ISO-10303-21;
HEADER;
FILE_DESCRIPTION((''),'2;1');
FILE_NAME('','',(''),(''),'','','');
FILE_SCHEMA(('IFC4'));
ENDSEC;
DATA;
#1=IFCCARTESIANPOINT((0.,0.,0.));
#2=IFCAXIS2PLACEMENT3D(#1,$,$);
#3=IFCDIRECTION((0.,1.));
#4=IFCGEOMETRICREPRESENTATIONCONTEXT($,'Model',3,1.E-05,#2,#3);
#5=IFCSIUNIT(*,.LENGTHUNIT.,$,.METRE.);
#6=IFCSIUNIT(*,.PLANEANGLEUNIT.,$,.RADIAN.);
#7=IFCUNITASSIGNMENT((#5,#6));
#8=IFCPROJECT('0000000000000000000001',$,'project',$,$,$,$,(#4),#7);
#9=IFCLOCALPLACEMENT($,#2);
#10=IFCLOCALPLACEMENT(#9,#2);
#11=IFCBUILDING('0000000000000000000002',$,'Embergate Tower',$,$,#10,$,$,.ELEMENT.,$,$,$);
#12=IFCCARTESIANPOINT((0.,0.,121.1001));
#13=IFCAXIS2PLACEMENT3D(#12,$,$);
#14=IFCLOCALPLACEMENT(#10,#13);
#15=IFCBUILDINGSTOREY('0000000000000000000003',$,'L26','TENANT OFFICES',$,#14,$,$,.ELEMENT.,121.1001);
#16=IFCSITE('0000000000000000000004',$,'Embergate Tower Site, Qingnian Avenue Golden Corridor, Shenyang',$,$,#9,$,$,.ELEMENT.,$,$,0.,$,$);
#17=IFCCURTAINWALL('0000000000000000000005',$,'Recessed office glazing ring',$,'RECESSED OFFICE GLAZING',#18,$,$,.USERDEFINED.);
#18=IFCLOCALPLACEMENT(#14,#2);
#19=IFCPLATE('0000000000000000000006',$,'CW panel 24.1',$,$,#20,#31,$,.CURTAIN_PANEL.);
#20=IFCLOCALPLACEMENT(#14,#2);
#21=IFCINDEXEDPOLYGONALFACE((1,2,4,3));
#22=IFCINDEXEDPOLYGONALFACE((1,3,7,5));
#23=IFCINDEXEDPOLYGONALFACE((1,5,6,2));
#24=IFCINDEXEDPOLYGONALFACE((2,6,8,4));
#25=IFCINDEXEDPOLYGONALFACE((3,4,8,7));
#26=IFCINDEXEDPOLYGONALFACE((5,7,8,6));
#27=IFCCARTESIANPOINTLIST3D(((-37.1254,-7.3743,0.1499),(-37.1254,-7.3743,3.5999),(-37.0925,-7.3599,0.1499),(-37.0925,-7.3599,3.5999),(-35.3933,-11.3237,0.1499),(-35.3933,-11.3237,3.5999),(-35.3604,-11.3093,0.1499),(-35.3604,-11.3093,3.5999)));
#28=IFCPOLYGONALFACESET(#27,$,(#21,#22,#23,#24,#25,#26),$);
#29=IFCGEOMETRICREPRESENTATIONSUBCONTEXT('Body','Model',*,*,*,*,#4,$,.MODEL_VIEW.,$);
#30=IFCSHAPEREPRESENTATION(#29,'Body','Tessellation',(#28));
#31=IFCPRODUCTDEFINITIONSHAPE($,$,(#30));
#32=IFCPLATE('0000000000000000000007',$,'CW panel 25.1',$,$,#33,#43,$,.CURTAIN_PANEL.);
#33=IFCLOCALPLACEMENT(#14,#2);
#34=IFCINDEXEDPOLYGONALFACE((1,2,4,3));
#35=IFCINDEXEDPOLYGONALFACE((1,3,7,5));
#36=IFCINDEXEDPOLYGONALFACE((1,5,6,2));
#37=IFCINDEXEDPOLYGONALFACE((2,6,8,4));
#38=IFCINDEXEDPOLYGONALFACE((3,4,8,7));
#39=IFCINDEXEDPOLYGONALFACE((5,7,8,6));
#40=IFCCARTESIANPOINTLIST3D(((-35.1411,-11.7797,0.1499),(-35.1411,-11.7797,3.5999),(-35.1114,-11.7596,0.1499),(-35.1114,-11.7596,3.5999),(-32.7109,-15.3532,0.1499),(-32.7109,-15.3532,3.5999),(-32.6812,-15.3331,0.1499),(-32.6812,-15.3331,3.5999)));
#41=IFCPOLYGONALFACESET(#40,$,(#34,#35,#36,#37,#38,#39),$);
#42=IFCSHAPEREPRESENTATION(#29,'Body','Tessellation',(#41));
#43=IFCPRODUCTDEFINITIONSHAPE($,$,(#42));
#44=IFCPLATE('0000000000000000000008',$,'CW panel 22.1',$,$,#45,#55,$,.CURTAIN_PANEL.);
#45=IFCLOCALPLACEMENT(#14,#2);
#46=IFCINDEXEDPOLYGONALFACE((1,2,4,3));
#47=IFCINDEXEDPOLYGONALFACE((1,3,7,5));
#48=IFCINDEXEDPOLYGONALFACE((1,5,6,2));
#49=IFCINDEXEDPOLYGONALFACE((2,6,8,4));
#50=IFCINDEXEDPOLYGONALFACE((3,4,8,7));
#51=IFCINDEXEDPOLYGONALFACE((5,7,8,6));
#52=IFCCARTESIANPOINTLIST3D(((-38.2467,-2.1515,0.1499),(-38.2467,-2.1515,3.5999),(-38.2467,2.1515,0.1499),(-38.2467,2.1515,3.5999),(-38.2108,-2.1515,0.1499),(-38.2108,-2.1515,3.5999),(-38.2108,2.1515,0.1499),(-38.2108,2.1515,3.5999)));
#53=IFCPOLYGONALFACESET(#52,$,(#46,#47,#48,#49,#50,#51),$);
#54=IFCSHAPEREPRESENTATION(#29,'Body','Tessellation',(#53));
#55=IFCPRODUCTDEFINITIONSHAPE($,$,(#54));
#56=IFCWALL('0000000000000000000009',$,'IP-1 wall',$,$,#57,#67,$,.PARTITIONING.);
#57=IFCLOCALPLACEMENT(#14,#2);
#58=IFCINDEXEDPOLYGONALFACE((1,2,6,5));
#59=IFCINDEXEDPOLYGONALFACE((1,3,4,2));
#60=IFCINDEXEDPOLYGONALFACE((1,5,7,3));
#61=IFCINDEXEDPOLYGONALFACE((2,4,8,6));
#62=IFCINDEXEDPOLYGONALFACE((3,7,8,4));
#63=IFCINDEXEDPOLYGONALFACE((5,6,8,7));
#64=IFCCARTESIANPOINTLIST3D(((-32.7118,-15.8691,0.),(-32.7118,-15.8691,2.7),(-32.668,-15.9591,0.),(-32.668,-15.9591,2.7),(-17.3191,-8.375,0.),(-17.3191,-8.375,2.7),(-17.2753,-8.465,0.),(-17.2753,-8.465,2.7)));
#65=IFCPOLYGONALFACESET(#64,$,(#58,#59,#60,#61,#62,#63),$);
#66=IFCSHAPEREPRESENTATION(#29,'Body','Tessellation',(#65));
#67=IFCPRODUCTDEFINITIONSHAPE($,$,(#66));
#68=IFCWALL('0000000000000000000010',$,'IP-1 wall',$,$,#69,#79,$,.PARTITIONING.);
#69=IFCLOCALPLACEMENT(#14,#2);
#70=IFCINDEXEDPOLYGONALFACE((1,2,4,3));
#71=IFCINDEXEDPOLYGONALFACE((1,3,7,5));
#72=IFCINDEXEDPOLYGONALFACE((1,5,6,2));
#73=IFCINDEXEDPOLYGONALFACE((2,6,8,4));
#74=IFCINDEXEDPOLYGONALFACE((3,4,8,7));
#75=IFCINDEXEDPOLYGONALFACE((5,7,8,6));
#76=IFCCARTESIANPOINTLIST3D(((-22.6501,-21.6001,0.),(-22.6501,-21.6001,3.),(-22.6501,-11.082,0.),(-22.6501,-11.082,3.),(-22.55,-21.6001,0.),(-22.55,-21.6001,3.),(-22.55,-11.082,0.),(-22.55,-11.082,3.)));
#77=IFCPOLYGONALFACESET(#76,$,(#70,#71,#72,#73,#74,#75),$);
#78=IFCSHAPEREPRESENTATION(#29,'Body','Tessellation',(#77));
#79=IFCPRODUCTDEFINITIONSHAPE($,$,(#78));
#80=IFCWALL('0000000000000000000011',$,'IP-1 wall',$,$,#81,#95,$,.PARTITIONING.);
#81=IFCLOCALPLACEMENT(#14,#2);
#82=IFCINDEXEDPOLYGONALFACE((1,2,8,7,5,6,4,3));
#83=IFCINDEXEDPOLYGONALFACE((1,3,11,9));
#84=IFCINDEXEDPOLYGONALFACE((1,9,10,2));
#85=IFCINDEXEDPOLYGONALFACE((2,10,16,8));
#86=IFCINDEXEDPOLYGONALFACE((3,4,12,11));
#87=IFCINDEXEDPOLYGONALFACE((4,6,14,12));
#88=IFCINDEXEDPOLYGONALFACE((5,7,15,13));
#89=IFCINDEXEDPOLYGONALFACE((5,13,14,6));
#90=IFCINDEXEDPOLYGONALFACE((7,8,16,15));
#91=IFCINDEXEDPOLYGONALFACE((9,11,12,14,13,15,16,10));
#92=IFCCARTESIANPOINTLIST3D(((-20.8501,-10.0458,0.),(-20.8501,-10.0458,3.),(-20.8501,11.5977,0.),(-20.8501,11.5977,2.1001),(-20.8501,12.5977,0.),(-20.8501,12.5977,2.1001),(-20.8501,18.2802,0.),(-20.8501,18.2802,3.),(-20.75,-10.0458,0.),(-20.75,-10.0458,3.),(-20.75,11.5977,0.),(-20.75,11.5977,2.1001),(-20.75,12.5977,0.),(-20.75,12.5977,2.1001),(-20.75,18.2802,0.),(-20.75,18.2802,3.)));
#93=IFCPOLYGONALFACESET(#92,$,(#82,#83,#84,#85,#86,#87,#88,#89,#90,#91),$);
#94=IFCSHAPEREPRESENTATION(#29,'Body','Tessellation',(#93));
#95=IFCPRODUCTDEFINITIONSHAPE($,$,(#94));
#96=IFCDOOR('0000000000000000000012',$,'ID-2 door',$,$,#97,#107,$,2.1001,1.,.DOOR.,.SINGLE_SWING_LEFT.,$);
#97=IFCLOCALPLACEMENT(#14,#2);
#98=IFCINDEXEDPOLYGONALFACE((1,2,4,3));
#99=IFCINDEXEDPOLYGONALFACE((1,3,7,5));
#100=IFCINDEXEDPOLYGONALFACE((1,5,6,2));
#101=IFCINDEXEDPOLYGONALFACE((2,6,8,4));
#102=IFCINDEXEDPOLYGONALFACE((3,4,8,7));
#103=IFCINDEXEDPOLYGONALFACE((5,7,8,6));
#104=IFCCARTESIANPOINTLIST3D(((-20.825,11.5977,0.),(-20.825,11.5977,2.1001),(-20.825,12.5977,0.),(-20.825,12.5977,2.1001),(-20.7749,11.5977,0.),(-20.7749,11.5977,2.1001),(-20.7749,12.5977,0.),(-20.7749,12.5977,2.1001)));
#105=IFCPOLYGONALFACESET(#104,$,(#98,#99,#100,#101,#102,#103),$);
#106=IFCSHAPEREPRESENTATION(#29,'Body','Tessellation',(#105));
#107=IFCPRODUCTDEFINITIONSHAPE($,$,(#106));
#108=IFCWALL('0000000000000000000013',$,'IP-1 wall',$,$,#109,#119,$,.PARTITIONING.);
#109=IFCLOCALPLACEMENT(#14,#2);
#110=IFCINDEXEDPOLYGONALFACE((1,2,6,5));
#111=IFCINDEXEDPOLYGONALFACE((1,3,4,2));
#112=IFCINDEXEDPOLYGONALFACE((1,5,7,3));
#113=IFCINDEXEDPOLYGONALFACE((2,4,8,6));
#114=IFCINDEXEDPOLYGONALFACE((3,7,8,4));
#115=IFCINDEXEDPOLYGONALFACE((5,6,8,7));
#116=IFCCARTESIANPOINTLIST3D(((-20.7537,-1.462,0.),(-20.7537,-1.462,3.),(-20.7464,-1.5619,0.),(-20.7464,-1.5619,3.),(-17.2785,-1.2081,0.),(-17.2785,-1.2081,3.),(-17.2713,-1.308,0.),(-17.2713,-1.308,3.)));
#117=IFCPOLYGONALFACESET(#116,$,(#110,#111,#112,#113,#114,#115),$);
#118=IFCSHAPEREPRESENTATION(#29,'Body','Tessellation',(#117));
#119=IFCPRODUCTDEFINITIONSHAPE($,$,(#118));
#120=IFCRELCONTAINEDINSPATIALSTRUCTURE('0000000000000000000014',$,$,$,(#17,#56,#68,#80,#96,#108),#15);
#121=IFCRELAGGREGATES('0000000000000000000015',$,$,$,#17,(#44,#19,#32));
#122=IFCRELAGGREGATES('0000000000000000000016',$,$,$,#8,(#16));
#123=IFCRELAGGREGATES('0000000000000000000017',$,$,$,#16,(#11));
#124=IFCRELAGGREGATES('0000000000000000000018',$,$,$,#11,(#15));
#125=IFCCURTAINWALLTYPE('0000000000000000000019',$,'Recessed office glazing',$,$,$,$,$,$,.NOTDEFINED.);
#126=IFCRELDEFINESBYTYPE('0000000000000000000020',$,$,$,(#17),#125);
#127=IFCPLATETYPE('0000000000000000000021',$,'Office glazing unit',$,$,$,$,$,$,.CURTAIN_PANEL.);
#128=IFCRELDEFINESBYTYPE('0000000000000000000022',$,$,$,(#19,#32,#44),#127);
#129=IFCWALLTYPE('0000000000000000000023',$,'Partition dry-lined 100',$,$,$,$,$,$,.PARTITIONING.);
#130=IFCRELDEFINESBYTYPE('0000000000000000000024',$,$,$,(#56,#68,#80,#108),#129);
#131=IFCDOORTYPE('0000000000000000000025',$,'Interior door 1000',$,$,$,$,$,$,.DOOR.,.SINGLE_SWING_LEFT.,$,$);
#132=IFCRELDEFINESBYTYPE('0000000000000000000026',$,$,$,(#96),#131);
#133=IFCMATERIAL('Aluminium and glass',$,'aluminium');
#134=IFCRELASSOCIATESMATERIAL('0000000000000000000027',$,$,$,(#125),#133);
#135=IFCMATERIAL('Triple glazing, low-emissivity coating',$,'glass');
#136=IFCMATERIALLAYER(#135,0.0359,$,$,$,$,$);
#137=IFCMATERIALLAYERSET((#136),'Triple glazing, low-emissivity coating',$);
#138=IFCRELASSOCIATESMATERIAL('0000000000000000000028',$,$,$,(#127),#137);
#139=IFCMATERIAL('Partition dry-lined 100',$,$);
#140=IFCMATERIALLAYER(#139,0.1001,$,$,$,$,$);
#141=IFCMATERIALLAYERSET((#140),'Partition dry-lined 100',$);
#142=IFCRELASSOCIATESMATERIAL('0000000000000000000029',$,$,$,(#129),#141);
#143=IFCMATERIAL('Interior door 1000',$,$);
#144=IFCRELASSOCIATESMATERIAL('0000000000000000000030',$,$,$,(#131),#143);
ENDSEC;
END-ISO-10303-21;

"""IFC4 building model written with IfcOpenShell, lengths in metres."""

from ifc_helpers import new_model, si_unit, direction, frame, frame_2d, origin, origin_2d, place, context, subcontext, project, spatial, rectangle, extrude, source, transform, mapped, material, layer, layer_set, type_object, element, fill, aggregate, save


model = new_model("IFC4")

# Units and contexts
model_context = context("Model", 3, precision=1e-05, world=origin(), true_north=direction((0.0, 1.0)))
body_context = subcontext(model_context, "Body", "Model", "MODEL_VIEW")
ifc_project = project(units=[si_unit("LENGTHUNIT", "METRE"), si_unit("PLANEANGLEUNIT", "RADIAN")], contexts=[model_context])

# Site, building, storey
site_placement = place(None, origin())
site = spatial("IfcSite", under=ifc_project, at=site_placement, Name="Embergate Tower Site, Qingnian Avenue Golden Corridor, Shenyang", CompositionType="ELEMENT", RefElevation=0.0)
building_placement = place(site_placement, origin())
building = spatial("IfcBuilding", under=site, at=building_placement, Name="Embergate Tower", CompositionType="ELEMENT")
storey_placement = place(building_placement, frame((0.0, 0.0, 121.1001)))
storey = spatial("IfcBuildingStorey", under=building, at=storey_placement, Name="L26", Description="TENANT OFFICES", CompositionType="ELEMENT", Elevation=121.1001)

# Curtain wall, plates
ifc_material_1 = material(Name="Aluminium and glass", Category="aluminium")
curtain_wall_type = type_object("IfcCurtainWallType", Name="Recessed office glazing", PredefinedType="NOTDEFINED", material=ifc_material_1)
curtain_wall_placement = place(storey_placement, origin())
curtain_wall = element("IfcCurtainWall", 1, at=curtain_wall_placement, inside=storey, type_object=curtain_wall_type, Name="Recessed office glazing ring", ObjectType="RECESSED OFFICE GLAZING", PredefinedType="USERDEFINED")
ifc_material_2 = material(Name="Triple glazing, low-emissivity coating", Category="glass")
ifc_layer_1 = layer(ifc_material_2, 0.0359)
ifc_layer_set_1 = layer_set([ifc_layer_1], Name="Triple glazing, low-emissivity coating")
plate_type = type_object("IfcPlateType", Name="Office glazing unit", PredefinedType="CURTAIN_PANEL", material=ifc_layer_set_1)
shared_shape_1 = source(origin(), body_context, "Body", "SweptSolid", [
    extrude(rectangle(XDim=4.3125, YDim=0.0359, at=origin_2d()), origin(), (0.0, 0.0, 1.0), 3.45),
])
plate_1_placement = place(storey_placement, frame((-36.2429, -9.3418, 0.1499), z_axis=(0.0, 0.0, 1.0), x_axis=(0.401652, -0.915792, 0.0)))
plate_1 = element("IfcPlate", 2, at=plate_1_placement, type_object=plate_type, Name="CW panel 24.1", PredefinedType="CURTAIN_PANEL", context=body_context, shape_type="MappedRepresentation", body=[
    mapped(shared_shape_1, transform((0.0, 0.0, 0.0))),
])
shared_shape_2 = source(origin(), body_context, "Body", "SweptSolid", [
    extrude(rectangle(XDim=4.3215, YDim=0.0359, at=origin_2d()), origin(), (0.0, 0.0, 1.0), 3.45),
])
plate_2_placement = place(storey_placement, frame((-33.9111, -13.5564, 0.1499), z_axis=(0.0, 0.0, 1.0), x_axis=(0.562342, -0.826905, 0.0)))
plate_2 = element("IfcPlate", 3, at=plate_2_placement, type_object=plate_type, Name="CW panel 25.1", PredefinedType="CURTAIN_PANEL", context=body_context, shape_type="MappedRepresentation", body=[
    mapped(shared_shape_2, transform((0.0, 0.0, 0.0))),
])
shared_shape_3 = source(origin(), body_context, "Body", "SweptSolid", [
    extrude(rectangle(XDim=4.303, YDim=0.0359, at=origin_2d()), origin(), (0.0, 0.0, 1.0), 3.45),
])
plate_3_placement = place(storey_placement, frame((-38.2288, 0.0, 0.1499), z_axis=(0.0, 0.0, 1.0), x_axis=(0.0, -1.0, 0.0)))
plate_3 = element("IfcPlate", 4, at=plate_3_placement, type_object=plate_type, Name="CW panel 22.1", PredefinedType="CURTAIN_PANEL", context=body_context, shape_type="MappedRepresentation", body=[
    mapped(shared_shape_3, transform((0.0, 0.0, 0.0))),
])
aggregate(curtain_wall, [plate_3, plate_1, plate_2])

# Walls
ifc_material_3 = material(Name="Partition dry-lined 100")
ifc_layer_2 = layer(ifc_material_3, 0.1001)
ifc_layer_set_2 = layer_set([ifc_layer_2], Name="Partition dry-lined 100")
wall_type = type_object("IfcWallType", Name="Partition dry-lined 100", PredefinedType="PARTITIONING", material=ifc_layer_set_2)
shared_shape_4 = source(origin(), body_context, "Body", "SweptSolid", [
    extrude(rectangle(XDim=17.1201, YDim=0.1001, at=frame_2d((8.5601, 0.0))), origin(), (0.0, 0.0, 1.0), 2.7),
])
wall_1_placement = place(storey_placement, frame((-32.6899, -15.9141, 0.0), z_axis=(0.0, 0.0, 1.0), x_axis=(0.899103, 0.437737, 0.0)))
element("IfcWall", 5, at=wall_1_placement, inside=storey, type_object=wall_type, Name="IP-1 wall", PredefinedType="PARTITIONING", context=body_context, shape_type="MappedRepresentation", body=[
    mapped(shared_shape_4, transform((0.0, 0.0, 0.0))),
])
shared_shape_5 = source(origin(), body_context, "Body", "SweptSolid", [
    extrude(rectangle(XDim=10.5181, YDim=0.1001, at=frame_2d((5.259, 0.0))), origin(), (0.0, 0.0, 1.0), 3.0),
])
wall_2_placement = place(storey_placement, frame((-22.6001, -11.082, 0.0), z_axis=(0.0, 0.0, 1.0), x_axis=(0.0, -1.0, 0.0)))
element("IfcWall", 6, at=wall_2_placement, inside=storey, type_object=wall_type, Name="IP-1 wall", PredefinedType="PARTITIONING", context=body_context, shape_type="MappedRepresentation", body=[
    mapped(shared_shape_5, transform((0.0, 0.0, 0.0))),
])

# Wall, opening, door
shared_shape_6 = source(origin(), body_context, "Body", "SweptSolid", [
    extrude(rectangle(XDim=28.3259, YDim=0.1001, at=frame_2d((14.1631, 0.0))), origin(), (0.0, 0.0, 1.0), 3.0),
])
wall_3_placement = place(storey_placement, frame((-20.8, -10.0459, 0.0), z_axis=(0.0, 0.0, 1.0), x_axis=(0.0, 1.0, 0.0)))
wall_3 = element("IfcWall", 7, at=wall_3_placement, inside=storey, type_object=wall_type, Name="IP-1 wall", PredefinedType="PARTITIONING", context=body_context, shape_type="MappedRepresentation", body=[
    mapped(shared_shape_6, transform((0.0, 0.0, 0.0))),
])
shared_shape_7 = source(origin(), body_context, "Body", "SweptSolid", [
    extrude(rectangle(XDim=1.0, YDim=2.1001, at=frame_2d((0.5, 1.05))), frame((0.0, 0.0601, 0.0), z_axis=(0.0, -1.0, 0.0), x_axis=(1.0, 0.0, 0.0)), (0.0, 0.0, 1.0), 0.1201),
])
opening_placement = place(wall_3_placement, frame((21.6436, 0.0, 0.0)))
opening = element("IfcOpeningElement", 8, at=opening_placement, cuts=wall_3, PredefinedType="OPENING", context=body_context, shape_type="MappedRepresentation", body=[
    mapped(shared_shape_7, transform((0.0, 0.0, 0.0))),
])
ifc_material_4 = material(Name="Interior door 1000")
door_type = type_object("IfcDoorType", Name="Interior door 1000", OperationType="SINGLE_SWING_LEFT", PredefinedType="DOOR", material=ifc_material_4)
shared_shape_8 = source(origin(), body_context, "Body", "SweptSolid", [
    extrude(rectangle(XDim=1.0, YDim=2.1001, at=frame_2d((0.5, 1.05))), frame((0.0, 0.0249, 0.0), z_axis=(0.0, -1.0, 0.0), x_axis=(1.0, 0.0, 0.0)), (0.0, 0.0, 1.0), 0.05),
])
door_placement = place(opening_placement, origin())
door = element("IfcDoor", 9, at=door_placement, inside=storey, type_object=door_type, Name="ID-2 door", OperationType="SINGLE_SWING_LEFT", OverallHeight=2.1001, OverallWidth=1.0, PredefinedType="DOOR", context=body_context, shape_type="MappedRepresentation", body=[
    mapped(shared_shape_8, transform((0.0, 0.0, 0.0))),
])
fill(opening, door)

# Wall
shared_shape_9 = source(origin(), body_context, "Body", "SweptSolid", [
    extrude(rectangle(XDim=3.4844, YDim=0.1001, at=frame_2d((1.7422, 0.0))), origin(), (0.0, 0.0, 1.0), 3.0),
])
wall_4_placement = place(storey_placement, frame((-17.2749, -1.2581, 0.0), z_axis=(0.0, 0.0, 1.0), x_axis=(-0.997341, -0.07287, 0.0)))
element("IfcWall", 10, at=wall_4_placement, inside=storey, type_object=wall_type, Name="IP-1 wall", PredefinedType="PARTITIONING", context=body_context, shape_type="MappedRepresentation", body=[
    mapped(shared_shape_9, transform((0.0, 0.0, 0.0))),
])

save(model, "model.ifc")
